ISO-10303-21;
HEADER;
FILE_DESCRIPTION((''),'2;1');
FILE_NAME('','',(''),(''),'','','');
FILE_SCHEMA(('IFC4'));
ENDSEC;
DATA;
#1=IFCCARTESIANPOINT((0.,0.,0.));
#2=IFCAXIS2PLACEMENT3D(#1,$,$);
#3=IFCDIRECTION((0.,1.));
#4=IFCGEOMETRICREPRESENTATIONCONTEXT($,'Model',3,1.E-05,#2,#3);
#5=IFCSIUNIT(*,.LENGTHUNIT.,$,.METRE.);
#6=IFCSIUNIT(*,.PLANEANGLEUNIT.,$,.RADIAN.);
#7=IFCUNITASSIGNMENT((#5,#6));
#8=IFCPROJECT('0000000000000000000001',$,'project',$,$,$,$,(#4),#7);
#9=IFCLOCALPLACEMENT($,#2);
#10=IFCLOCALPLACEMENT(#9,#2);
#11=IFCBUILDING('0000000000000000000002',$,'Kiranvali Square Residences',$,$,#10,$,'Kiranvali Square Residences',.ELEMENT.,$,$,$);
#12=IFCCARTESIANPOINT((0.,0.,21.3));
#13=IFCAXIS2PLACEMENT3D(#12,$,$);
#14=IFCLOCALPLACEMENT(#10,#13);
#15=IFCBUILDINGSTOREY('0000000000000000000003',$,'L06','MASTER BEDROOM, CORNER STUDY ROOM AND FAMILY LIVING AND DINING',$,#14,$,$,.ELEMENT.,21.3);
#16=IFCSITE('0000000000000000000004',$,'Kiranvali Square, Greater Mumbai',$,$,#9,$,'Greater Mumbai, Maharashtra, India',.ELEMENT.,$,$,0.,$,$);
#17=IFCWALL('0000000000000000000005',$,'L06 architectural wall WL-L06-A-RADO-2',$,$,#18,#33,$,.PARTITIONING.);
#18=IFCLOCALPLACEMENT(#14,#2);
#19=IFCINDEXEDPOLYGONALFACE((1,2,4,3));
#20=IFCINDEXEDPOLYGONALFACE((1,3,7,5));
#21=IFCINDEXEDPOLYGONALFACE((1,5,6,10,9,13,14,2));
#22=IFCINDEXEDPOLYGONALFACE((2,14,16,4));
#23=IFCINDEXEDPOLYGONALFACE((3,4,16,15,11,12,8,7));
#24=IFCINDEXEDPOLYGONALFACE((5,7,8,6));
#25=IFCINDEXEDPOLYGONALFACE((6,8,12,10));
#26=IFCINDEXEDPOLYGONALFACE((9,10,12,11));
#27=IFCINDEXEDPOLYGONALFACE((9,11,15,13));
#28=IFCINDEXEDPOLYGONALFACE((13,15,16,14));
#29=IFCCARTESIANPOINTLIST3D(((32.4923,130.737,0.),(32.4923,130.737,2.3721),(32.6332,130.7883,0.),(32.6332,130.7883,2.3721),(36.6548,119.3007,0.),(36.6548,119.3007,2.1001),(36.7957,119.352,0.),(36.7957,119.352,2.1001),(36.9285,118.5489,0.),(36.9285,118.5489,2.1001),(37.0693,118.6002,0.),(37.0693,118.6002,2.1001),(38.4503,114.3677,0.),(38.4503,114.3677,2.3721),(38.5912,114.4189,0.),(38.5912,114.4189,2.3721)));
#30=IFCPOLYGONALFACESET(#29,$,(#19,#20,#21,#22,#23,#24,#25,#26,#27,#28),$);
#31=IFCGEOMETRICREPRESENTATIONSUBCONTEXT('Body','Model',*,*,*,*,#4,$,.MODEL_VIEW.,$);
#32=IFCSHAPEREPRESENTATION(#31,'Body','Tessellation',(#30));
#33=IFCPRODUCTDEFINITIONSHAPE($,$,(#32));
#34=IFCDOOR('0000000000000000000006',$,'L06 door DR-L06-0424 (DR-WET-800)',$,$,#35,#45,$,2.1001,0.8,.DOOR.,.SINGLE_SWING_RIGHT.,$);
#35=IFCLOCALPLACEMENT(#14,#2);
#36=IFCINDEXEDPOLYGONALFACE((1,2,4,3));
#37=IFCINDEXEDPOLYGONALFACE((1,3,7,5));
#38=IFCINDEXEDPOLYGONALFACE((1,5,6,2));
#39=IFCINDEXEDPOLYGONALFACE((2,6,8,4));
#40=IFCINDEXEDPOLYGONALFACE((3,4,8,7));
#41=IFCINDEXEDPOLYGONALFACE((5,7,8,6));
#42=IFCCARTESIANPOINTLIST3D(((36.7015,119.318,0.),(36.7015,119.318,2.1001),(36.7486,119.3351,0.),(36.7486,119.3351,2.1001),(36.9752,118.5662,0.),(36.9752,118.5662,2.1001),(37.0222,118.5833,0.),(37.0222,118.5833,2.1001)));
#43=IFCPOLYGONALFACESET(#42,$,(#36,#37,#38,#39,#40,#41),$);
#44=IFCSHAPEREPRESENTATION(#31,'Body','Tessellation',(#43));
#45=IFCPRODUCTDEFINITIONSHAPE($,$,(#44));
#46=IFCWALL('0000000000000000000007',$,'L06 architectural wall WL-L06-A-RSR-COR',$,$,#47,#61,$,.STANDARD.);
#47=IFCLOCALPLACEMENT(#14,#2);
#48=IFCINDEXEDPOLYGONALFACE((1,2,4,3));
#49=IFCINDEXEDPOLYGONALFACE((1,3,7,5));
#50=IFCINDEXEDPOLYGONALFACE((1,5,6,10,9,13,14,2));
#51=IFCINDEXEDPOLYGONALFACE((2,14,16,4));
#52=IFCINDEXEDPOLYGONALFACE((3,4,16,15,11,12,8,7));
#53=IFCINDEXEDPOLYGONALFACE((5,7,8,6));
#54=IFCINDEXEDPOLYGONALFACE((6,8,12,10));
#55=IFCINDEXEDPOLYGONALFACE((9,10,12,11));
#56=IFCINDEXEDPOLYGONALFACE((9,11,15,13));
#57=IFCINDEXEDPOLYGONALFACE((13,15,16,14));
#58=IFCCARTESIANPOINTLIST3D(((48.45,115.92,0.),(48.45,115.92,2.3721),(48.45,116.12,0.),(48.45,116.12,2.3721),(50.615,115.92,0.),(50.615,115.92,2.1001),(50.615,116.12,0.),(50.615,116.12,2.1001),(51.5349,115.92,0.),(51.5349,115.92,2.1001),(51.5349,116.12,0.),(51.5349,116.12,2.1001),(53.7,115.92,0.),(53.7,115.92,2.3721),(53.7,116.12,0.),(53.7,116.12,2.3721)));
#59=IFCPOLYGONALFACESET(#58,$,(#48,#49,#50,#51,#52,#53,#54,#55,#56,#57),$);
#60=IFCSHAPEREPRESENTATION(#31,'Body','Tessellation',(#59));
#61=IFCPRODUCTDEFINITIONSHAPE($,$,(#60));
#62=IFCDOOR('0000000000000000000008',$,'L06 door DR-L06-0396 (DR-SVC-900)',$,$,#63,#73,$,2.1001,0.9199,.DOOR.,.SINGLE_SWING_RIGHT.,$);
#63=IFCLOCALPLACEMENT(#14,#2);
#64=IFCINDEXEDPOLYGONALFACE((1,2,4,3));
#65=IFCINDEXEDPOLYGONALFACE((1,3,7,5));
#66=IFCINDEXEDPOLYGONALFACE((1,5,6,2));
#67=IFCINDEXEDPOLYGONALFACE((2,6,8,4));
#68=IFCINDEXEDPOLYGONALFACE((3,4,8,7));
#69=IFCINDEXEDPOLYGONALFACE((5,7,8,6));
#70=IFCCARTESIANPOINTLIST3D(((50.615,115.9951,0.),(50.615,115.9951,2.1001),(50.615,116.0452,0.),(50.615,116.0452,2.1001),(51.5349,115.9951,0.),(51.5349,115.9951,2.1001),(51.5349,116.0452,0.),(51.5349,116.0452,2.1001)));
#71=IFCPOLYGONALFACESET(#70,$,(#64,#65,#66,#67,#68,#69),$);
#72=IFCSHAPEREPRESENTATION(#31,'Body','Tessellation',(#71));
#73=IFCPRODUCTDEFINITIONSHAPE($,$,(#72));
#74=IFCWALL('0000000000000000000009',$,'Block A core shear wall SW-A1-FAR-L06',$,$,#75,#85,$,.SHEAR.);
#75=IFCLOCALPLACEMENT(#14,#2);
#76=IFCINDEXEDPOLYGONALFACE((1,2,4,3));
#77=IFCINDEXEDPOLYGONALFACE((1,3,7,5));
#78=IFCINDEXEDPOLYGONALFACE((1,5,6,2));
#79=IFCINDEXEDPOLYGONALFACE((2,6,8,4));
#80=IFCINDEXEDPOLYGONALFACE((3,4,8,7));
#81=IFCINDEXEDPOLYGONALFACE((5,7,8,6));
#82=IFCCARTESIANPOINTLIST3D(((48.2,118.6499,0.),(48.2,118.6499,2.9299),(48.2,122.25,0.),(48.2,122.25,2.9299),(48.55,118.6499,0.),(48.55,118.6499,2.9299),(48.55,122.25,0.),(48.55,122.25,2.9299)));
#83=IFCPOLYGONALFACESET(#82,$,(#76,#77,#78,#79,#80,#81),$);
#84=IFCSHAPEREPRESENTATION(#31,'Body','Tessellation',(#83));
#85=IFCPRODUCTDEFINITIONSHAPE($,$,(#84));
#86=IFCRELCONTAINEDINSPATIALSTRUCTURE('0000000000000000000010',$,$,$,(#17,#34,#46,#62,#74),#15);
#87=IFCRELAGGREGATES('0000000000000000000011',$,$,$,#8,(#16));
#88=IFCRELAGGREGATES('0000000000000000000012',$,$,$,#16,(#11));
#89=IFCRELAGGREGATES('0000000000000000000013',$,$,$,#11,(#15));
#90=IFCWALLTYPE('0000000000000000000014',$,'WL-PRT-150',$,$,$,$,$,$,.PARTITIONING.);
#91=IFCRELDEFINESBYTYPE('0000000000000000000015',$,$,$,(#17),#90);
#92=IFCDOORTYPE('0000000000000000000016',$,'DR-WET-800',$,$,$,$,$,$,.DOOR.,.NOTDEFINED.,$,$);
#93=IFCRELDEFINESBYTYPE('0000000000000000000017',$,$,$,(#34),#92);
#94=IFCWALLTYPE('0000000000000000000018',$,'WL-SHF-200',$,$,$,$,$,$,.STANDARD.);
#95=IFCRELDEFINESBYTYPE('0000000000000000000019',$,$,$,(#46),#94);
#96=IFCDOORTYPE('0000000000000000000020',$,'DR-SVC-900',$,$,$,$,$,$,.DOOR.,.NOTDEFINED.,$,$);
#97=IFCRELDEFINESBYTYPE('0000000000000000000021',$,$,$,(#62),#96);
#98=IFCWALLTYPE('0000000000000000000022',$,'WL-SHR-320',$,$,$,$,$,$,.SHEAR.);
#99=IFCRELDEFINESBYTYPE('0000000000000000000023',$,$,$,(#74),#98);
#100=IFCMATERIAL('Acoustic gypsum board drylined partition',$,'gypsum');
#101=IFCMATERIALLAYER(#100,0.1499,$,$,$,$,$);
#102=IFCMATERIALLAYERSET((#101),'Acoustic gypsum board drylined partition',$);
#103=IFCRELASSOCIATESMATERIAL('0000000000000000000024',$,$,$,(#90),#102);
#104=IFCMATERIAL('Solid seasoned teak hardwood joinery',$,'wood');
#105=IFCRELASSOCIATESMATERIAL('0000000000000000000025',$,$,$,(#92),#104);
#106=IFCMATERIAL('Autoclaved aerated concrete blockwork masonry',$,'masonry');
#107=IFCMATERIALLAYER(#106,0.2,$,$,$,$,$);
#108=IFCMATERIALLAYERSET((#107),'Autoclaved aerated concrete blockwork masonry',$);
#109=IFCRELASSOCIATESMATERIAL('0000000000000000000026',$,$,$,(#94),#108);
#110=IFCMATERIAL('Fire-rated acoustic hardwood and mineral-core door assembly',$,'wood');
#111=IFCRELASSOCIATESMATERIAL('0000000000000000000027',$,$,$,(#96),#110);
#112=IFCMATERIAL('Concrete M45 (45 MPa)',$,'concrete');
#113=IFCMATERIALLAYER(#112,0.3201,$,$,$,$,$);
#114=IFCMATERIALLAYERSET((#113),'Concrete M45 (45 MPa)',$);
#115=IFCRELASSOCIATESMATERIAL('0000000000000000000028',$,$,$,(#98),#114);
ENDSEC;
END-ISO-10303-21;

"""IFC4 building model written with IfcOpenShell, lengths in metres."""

from ifc_helpers import new_model, si_unit, direction, frame, frame_2d, origin, place, context, subcontext, project, spatial, rectangle, extrude, material, layer, layer_set, type_object, element, fill, save


model = new_model("IFC4")

# Units and contexts
model_context = context("Model", 3, precision=1e-05, world=origin(), true_north=direction((0.0, 1.0)))
body_context = subcontext(model_context, "Body", "Model", "MODEL_VIEW")
ifc_project = project(units=[si_unit("LENGTHUNIT", "METRE"), si_unit("PLANEANGLEUNIT", "RADIAN")], contexts=[model_context])

# Site, building, storey
site_placement = place(None, origin())
site = spatial("IfcSite", under=ifc_project, at=site_placement, Name="Kiranvali Square, Greater Mumbai", LongName="Greater Mumbai, Maharashtra, India", CompositionType="ELEMENT", RefElevation=0.0)
building_placement = place(site_placement, origin())
building = spatial("IfcBuilding", under=site, at=building_placement, Name="Kiranvali Square Residences", LongName="Kiranvali Square Residences", CompositionType="ELEMENT")
storey_placement = place(building_placement, frame((0.0, 0.0, 21.3)))
storey = spatial("IfcBuildingStorey", under=building, at=storey_placement, Name="L06", Description="MASTER BEDROOM, CORNER STUDY ROOM AND FAMILY LIVING AND DINING", CompositionType="ELEMENT", Elevation=21.3)

# Shared definitions
ifc_material_1 = material(Name="Concrete M45 (45 MPa)", Category="concrete")

# Shared definitions
ifc_material_2 = material(Name="Autoclaved aerated concrete blockwork masonry", Category="masonry")
ifc_material_3 = material(Name="Fire-rated acoustic hardwood and mineral-core door assembly", Category="wood")

# Walls, openings, doors
ifc_material_4 = material(Name="Acoustic gypsum board drylined partition", Category="gypsum")
ifc_layer_1 = layer(ifc_material_4, 0.1499)
ifc_layer_set_1 = layer_set([ifc_layer_1], Name="Acoustic gypsum board drylined partition")
wall_type_1 = type_object("IfcWallType", Name="WL-PRT-150", PredefinedType="PARTITIONING", material=ifc_layer_set_1)
ifc_material_5 = material(Name="Solid seasoned teak hardwood joinery", Category="wood")
door_type_1 = type_object("IfcDoorType", Name="DR-WET-800", OperationType="NOTDEFINED", PredefinedType="DOOR", material=ifc_material_5)
wall_1_placement = place(storey_placement, frame((38.5208, 114.3933, 0.0), z_axis=(0.0, 0.0, 1.0), x_axis=(-0.342022, 0.939692, 0.0)))
wall_1 = element("IfcWall", 1, at=wall_1_placement, inside=storey, type_object=wall_type_1, Name="L06 architectural wall WL-L06-A-RADO-2", PredefinedType="PARTITIONING", context=body_context, shape_type="SweptSolid", body=[
    extrude(rectangle(XDim=17.4199, YDim=0.1499, at=frame_2d((8.71, 0.0))), origin(), (0.0, 0.0, 1.0), 2.3721),
])
opening_1_placement = place(wall_1_placement, frame((4.4497, 0.0, 0.0)))
opening_1 = element("IfcOpeningElement", 2, at=opening_1_placement, cuts=wall_1, PredefinedType="OPENING", context=body_context, shape_type="SweptSolid", body=[
    extrude(rectangle(XDim=0.8, YDim=2.1001, at=frame_2d((0.3999, 1.05))), frame((0.0, 0.085, 0.0), z_axis=(0.0, -1.0, 0.0), x_axis=(1.0, 0.0, 0.0)), (0.0, 0.0, 1.0), 0.1699),
])
door_1_placement = place(opening_1_placement, frame((0.8, 0.0, 0.0), z_axis=(0.0, 0.0, 1.0), x_axis=(-1.0, 0.0, 0.0)))
door_1 = element("IfcDoor", 3, at=door_1_placement, inside=storey, type_object=door_type_1, Name="L06 door DR-L06-0424 (DR-WET-800)", OperationType="SINGLE_SWING_RIGHT", OverallHeight=2.1001, OverallWidth=0.8, PredefinedType="DOOR", context=body_context, shape_type="SweptSolid", body=[
    extrude(rectangle(XDim=0.8, YDim=2.1001, at=frame_2d((0.3999, 1.05))), frame((0.0, 0.0249, 0.0), z_axis=(0.0, -1.0, 0.0), x_axis=(1.0, 0.0, 0.0)), (0.0, 0.0, 1.0), 0.05),
])
fill(opening_1, door_1)
ifc_layer_2 = layer(ifc_material_2, 0.2)
ifc_layer_set_2 = layer_set([ifc_layer_2], Name="Autoclaved aerated concrete blockwork masonry")
wall_type_2 = type_object("IfcWallType", Name="WL-SHF-200", PredefinedType="STANDARD", material=ifc_layer_set_2)
wall_2_placement = place(storey_placement, frame((48.45, 116.02, 0.0), z_axis=(0.0, 0.0, 1.0), x_axis=(1.0, 0.0, 0.0)))
wall_2 = element("IfcWall", 4, at=wall_2_placement, inside=storey, type_object=wall_type_2, Name="L06 architectural wall WL-L06-A-RSR-COR", PredefinedType="STANDARD", context=body_context, shape_type="SweptSolid", body=[
    extrude(rectangle(XDim=5.25, YDim=0.2, at=frame_2d((2.625, 0.0))), origin(), (0.0, 0.0, 1.0), 2.3721),
])
opening_2_placement = place(wall_2_placement, frame((2.165, 0.0, 0.0)))
opening_2 = element("IfcOpeningElement", 5, at=opening_2_placement, cuts=wall_2, PredefinedType="OPENING", context=body_context, shape_type="SweptSolid", body=[
    extrude(rectangle(XDim=0.9199, YDim=2.1001, at=frame_2d((0.46, 1.05))), frame((0.0, 0.1099, 0.0), z_axis=(0.0, -1.0, 0.0), x_axis=(1.0, 0.0, 0.0)), (0.0, 0.0, 1.0), 0.22),
])
door_type_2 = type_object("IfcDoorType", Name="DR-SVC-900", OperationType="NOTDEFINED", PredefinedType="DOOR", material=ifc_material_3)
door_2_placement = place(opening_2_placement, frame((0.9199, 0.0, 0.0), z_axis=(0.0, 0.0, 1.0), x_axis=(-1.0, 0.0, 0.0)))
door_2 = element("IfcDoor", 6, at=door_2_placement, inside=storey, type_object=door_type_2, Name="L06 door DR-L06-0396 (DR-SVC-900)", OperationType="SINGLE_SWING_RIGHT", OverallHeight=2.1001, OverallWidth=0.9199, PredefinedType="DOOR", context=body_context, shape_type="SweptSolid", body=[
    extrude(rectangle(XDim=0.9199, YDim=2.1001, at=frame_2d((0.46, 1.05))), frame((0.0, 0.0249, 0.0), z_axis=(0.0, -1.0, 0.0), x_axis=(1.0, 0.0, 0.0)), (0.0, 0.0, 1.0), 0.05),
])
fill(opening_2, door_2)
ifc_layer_3 = layer(ifc_material_1, 0.3201)
ifc_layer_set_3 = layer_set([ifc_layer_3], Name="Concrete M45 (45 MPa)")
wall_type_3 = type_object("IfcWallType", Name="WL-SHR-320", PredefinedType="SHEAR", material=ifc_layer_set_3)

# Wall
wall_3_placement = place(storey_placement, frame((48.375, 118.6499, 0.0), z_axis=(0.0, 0.0, 1.0), x_axis=(0.0, 1.0, 0.0)))
element("IfcWall", 7, at=wall_3_placement, inside=storey, type_object=wall_type_3, Name="Block A core shear wall SW-A1-FAR-L06", PredefinedType="SHEAR", context=body_context, shape_type="SweptSolid", body=[
    extrude(rectangle(XDim=3.6001, YDim=0.3501, at=frame_2d((1.8, 0.0))), origin(), (0.0, 0.0, 1.0), 2.9299),
])

save(model, "model.ifc")
